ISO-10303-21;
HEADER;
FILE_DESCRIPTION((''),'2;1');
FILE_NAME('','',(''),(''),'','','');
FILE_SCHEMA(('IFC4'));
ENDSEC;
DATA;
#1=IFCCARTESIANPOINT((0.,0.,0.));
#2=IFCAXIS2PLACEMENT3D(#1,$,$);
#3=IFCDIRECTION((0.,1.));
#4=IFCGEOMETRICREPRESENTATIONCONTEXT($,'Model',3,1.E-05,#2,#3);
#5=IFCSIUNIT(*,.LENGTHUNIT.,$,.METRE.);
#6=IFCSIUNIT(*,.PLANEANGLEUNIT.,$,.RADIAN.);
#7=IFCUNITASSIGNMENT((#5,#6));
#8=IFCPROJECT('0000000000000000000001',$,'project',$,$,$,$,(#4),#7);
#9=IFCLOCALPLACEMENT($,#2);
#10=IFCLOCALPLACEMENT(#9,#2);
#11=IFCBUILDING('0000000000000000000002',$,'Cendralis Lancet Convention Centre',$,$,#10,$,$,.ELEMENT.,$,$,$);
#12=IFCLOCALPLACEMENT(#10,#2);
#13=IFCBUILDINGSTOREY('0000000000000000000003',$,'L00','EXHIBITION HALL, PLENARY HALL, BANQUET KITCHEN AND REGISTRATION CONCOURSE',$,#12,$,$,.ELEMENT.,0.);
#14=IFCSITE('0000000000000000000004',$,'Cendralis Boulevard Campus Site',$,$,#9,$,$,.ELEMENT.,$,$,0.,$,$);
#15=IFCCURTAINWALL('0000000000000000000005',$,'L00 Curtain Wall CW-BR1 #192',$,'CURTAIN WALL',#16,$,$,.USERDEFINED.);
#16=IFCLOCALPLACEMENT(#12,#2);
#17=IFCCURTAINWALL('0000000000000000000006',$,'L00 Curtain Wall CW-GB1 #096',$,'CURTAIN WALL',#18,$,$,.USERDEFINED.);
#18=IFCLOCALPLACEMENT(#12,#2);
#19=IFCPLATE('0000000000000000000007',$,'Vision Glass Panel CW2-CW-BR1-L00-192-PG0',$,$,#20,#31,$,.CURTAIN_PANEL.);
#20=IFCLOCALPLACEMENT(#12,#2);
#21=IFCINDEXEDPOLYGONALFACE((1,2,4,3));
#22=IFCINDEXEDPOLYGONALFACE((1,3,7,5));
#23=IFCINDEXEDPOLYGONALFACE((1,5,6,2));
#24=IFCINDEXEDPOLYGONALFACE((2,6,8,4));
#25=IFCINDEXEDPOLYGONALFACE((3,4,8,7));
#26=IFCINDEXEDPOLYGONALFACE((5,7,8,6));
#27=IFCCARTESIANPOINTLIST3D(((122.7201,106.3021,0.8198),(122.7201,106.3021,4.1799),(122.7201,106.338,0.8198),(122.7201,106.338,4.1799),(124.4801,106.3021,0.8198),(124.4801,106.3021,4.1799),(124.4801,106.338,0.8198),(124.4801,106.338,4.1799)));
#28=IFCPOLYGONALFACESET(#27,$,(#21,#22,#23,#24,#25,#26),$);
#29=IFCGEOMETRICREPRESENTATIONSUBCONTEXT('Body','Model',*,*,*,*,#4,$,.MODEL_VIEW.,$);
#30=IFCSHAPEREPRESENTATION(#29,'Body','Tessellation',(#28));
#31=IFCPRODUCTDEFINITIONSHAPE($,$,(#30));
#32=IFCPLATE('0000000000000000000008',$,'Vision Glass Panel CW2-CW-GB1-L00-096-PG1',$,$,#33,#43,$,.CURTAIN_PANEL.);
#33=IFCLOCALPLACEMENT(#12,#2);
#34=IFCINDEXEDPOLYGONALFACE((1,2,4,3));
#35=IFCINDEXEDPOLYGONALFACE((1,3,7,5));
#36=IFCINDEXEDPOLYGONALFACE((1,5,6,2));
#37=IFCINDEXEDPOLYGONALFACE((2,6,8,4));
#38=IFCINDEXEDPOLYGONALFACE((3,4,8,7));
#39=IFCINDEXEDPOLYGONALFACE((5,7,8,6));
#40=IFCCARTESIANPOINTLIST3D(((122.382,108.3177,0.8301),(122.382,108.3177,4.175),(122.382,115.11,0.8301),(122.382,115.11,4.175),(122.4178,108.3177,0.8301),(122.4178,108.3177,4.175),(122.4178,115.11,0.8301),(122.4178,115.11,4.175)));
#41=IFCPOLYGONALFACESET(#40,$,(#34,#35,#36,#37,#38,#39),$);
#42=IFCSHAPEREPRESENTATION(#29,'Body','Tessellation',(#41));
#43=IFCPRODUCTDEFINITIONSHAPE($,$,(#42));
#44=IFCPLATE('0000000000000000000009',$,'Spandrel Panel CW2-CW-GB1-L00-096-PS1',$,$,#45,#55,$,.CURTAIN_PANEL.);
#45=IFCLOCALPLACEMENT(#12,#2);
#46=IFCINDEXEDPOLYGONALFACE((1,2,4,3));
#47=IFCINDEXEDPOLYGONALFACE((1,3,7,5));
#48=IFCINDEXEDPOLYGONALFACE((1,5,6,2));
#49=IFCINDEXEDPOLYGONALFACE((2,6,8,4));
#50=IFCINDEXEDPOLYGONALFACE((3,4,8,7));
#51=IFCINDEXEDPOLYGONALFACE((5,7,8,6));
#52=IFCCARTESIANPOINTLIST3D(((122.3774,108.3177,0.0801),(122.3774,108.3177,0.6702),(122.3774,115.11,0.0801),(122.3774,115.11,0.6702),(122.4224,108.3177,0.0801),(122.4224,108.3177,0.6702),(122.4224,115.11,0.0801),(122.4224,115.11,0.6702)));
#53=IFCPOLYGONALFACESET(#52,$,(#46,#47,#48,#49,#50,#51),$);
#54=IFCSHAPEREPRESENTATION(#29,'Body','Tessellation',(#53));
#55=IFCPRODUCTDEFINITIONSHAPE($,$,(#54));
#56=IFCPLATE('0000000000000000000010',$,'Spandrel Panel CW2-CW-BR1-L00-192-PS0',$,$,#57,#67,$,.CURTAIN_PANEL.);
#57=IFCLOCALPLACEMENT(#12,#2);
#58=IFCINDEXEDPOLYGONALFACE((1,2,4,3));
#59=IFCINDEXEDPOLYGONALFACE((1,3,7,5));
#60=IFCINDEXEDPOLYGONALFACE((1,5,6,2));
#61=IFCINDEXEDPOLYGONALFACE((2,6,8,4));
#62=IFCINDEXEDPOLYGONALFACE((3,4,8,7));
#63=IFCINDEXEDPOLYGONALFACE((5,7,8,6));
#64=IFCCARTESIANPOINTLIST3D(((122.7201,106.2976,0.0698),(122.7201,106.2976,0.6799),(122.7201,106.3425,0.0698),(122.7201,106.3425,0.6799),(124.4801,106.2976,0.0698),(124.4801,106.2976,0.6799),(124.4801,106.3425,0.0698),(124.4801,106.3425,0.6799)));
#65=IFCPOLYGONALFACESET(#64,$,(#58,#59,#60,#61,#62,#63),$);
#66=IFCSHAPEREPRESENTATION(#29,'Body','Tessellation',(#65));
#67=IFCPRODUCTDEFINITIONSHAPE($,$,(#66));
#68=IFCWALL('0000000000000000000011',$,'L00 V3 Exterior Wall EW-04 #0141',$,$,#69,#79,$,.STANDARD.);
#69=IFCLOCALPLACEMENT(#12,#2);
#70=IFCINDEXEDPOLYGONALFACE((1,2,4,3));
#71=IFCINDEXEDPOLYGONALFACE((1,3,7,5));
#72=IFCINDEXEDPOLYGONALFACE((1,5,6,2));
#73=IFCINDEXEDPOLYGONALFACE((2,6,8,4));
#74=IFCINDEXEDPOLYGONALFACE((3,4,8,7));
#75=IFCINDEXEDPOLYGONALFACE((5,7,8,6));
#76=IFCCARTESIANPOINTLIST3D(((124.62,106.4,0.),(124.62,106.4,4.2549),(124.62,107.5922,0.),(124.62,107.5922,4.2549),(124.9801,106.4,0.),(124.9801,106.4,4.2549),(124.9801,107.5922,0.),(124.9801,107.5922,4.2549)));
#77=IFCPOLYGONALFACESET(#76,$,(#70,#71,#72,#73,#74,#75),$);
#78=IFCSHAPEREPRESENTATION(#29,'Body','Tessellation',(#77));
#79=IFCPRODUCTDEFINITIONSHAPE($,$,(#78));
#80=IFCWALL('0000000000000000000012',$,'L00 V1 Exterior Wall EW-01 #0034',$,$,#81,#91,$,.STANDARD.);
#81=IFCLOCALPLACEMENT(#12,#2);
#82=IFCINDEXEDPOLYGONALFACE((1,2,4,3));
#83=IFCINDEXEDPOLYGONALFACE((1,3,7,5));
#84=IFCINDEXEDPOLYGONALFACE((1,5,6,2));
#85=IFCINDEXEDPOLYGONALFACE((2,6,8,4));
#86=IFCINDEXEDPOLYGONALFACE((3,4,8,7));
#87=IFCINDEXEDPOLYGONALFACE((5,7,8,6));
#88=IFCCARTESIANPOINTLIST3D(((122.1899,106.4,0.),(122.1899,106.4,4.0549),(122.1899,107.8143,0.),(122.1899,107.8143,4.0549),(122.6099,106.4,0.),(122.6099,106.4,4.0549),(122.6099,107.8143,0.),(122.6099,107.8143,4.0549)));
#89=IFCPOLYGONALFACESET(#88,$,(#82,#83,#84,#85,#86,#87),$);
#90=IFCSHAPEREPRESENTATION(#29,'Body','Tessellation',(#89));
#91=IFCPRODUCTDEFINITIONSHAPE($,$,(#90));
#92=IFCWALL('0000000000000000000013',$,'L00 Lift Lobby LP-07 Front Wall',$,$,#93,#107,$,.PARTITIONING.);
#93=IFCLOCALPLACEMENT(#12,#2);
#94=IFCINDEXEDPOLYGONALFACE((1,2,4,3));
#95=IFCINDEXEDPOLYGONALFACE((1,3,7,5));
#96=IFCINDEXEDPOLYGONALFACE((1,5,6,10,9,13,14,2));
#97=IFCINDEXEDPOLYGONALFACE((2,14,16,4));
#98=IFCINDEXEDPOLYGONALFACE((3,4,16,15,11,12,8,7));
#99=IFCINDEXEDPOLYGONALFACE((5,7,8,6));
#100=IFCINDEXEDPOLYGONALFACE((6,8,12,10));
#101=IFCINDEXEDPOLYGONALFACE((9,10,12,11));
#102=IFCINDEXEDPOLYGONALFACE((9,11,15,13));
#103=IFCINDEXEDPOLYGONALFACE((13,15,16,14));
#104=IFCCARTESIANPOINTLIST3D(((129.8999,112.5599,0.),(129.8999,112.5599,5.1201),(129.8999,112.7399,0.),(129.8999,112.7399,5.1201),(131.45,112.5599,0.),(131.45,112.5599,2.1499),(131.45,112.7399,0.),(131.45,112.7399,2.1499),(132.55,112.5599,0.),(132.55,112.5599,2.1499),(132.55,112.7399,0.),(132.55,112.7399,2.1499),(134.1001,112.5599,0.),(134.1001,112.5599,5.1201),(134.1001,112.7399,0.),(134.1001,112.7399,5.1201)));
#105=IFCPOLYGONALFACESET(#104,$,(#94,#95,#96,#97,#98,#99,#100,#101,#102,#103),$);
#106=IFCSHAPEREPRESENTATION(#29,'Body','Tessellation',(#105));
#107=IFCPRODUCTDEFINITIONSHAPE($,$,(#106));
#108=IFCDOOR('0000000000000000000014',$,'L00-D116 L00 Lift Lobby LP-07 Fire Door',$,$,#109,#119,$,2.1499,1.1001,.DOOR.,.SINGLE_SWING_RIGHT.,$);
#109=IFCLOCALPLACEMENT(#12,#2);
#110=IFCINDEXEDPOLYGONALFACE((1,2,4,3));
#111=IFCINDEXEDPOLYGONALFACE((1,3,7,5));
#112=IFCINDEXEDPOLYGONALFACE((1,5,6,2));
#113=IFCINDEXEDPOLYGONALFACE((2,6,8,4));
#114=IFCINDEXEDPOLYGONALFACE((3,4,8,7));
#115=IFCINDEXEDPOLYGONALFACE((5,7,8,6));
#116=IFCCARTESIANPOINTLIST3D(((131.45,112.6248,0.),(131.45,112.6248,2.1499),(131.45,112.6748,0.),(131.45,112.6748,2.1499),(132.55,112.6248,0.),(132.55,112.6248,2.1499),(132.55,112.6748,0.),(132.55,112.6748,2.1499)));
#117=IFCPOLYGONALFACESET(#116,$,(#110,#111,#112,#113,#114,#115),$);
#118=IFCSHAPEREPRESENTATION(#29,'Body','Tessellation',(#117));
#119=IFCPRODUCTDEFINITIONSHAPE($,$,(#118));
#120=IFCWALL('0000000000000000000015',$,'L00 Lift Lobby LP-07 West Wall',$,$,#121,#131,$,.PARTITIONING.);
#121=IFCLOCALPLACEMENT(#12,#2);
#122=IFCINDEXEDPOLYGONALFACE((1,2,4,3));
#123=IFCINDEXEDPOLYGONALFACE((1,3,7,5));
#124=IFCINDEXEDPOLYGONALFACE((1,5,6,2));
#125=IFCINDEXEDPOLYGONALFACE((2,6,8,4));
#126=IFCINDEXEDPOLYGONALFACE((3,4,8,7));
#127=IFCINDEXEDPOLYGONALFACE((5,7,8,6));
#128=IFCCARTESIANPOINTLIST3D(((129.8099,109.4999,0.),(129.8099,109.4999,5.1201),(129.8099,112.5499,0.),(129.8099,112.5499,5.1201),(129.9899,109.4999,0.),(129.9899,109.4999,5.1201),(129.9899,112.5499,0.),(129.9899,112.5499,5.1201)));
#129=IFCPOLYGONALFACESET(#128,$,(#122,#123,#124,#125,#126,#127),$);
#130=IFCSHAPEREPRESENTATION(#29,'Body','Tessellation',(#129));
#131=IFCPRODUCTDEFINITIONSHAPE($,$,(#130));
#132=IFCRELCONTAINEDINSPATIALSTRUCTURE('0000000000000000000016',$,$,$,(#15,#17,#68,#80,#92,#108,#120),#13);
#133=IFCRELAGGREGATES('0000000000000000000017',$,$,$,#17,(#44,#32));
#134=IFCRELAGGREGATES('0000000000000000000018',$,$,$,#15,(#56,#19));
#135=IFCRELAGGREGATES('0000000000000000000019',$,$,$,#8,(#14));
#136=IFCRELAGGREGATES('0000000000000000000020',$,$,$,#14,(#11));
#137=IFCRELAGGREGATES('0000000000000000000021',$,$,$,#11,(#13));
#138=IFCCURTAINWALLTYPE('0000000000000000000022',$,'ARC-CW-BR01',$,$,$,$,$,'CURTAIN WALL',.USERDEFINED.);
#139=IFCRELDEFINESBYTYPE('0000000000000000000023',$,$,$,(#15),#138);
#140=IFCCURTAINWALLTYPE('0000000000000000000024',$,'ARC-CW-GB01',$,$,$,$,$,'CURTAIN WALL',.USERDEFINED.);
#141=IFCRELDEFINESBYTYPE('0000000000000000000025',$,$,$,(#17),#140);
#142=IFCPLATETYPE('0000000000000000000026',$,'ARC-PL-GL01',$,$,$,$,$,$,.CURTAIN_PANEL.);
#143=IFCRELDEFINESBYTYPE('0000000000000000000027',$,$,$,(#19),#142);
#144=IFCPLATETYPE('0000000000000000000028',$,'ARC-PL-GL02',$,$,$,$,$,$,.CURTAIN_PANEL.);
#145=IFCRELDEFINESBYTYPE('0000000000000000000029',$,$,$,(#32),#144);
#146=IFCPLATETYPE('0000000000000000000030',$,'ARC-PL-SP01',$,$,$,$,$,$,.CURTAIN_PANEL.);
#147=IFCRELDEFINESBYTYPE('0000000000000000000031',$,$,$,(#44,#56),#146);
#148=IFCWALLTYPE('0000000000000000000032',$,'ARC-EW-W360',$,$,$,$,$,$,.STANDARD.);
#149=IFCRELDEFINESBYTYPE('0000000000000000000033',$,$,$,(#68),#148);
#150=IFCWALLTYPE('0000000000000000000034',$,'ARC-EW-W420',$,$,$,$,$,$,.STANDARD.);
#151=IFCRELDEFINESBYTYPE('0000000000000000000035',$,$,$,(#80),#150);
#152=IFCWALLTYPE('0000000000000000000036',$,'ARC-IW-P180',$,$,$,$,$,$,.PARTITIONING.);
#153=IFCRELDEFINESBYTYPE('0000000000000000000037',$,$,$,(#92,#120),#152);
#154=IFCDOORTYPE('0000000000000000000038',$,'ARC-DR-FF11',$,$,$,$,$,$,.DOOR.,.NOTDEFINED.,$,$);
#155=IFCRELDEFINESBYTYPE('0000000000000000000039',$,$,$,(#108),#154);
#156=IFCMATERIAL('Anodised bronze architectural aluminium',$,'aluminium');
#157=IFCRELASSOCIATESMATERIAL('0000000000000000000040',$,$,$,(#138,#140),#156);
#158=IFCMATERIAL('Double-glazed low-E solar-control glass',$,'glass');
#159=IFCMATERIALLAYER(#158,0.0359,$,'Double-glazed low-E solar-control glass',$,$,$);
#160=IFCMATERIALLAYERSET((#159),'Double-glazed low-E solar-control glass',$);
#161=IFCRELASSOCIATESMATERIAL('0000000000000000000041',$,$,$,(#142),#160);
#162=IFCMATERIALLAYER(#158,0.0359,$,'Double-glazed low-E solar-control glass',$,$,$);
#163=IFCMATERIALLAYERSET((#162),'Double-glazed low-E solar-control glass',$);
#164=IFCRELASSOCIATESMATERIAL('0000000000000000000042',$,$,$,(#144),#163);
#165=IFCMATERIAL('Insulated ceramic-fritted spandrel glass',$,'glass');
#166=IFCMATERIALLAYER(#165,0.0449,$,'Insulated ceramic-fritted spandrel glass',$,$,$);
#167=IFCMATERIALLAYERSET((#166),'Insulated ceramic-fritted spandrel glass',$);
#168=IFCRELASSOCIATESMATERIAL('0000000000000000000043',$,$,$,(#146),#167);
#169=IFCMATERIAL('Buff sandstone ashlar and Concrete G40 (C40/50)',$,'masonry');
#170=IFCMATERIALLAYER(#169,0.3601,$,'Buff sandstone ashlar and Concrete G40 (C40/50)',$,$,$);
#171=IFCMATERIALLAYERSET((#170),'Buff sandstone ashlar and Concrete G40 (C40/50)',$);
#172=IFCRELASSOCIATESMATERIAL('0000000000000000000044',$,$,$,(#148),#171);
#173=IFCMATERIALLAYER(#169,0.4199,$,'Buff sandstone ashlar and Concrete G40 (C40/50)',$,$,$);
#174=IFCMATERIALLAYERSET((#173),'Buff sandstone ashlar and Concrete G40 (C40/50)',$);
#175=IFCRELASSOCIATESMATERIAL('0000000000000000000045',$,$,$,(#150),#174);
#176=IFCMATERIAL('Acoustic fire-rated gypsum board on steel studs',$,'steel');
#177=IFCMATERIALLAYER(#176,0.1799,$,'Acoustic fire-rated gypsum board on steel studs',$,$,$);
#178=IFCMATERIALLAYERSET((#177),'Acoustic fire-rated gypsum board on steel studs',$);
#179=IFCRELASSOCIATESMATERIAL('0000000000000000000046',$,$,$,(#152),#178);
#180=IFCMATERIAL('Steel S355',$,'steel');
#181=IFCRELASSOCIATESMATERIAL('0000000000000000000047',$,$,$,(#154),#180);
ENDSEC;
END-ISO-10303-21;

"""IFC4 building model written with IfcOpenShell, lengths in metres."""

from ifc_helpers import new_model, si_unit, direction, frame, frame_2d, origin, origin_2d, place, context, subcontext, project, spatial, rectangle, extrude, material, layer, layer_set, type_object, element, fill, aggregate, save


model = new_model("IFC4")

# Units and contexts
model_context = context("Model", 3, precision=1e-05, world=origin(), true_north=direction((0.0, 1.0)))
body_context = subcontext(model_context, "Body", "Model", "MODEL_VIEW")
ifc_project = project(units=[si_unit("LENGTHUNIT", "METRE"), si_unit("PLANEANGLEUNIT", "RADIAN")], contexts=[model_context])

# Site, building, storey
site_placement = place(None, origin())
site = spatial("IfcSite", under=ifc_project, at=site_placement, Name="Cendralis Boulevard Campus Site", CompositionType="ELEMENT", RefElevation=0.0)
building_placement = place(site_placement, origin())
building = spatial("IfcBuilding", under=site, at=building_placement, Name="Cendralis Lancet Convention Centre", CompositionType="ELEMENT")
storey_placement = place(building_placement, origin())
storey = spatial("IfcBuildingStorey", under=building, at=storey_placement, Name="L00", Description="EXHIBITION HALL, PLENARY HALL, BANQUET KITCHEN AND REGISTRATION CONCOURSE", CompositionType="ELEMENT", Elevation=0.0)

# Shared definitions
ifc_material_1 = material(Name="Steel S355", Category="steel")

# Curtain walls
ifc_material_2 = material(Name="Anodised bronze architectural aluminium", Category="aluminium")
curtain_wall_type_1 = type_object("IfcCurtainWallType", Name="ARC-CW-BR01", ElementType="CURTAIN WALL", PredefinedType="USERDEFINED", material=ifc_material_2)
curtain_wall_1_placement = place(storey_placement, origin())
curtain_wall_1 = element("IfcCurtainWall", 1, at=curtain_wall_1_placement, inside=storey, type_object=curtain_wall_type_1, Name="L00 Curtain Wall CW-BR1 #192", ObjectType="CURTAIN WALL", PredefinedType="USERDEFINED")
curtain_wall_type_2 = type_object("IfcCurtainWallType", Name="ARC-CW-GB01", ElementType="CURTAIN WALL", PredefinedType="USERDEFINED", material=ifc_material_2)
curtain_wall_2_placement = place(storey_placement, origin())
curtain_wall_2 = element("IfcCurtainWall", 2, at=curtain_wall_2_placement, inside=storey, type_object=curtain_wall_type_2, Name="L00 Curtain Wall CW-GB1 #096", ObjectType="CURTAIN WALL", PredefinedType="USERDEFINED")

# Plates
ifc_material_3 = material(Name="Double-glazed low-E solar-control glass", Category="glass")
ifc_layer_1 = layer(ifc_material_3, 0.0359, Name="Double-glazed low-E solar-control glass")
ifc_layer_set_1 = layer_set([ifc_layer_1], Name="Double-glazed low-E solar-control glass")
plate_type_1 = type_object("IfcPlateType", Name="ARC-PL-GL01", PredefinedType="CURTAIN_PANEL", material=ifc_layer_set_1)
plate_1_placement = place(storey_placement, frame((123.6001, 106.3201, 0.8198), z_axis=(0.0, 0.0, 1.0), x_axis=(1.0, 0.0, 0.0)))
plate_1 = element("IfcPlate", 3, at=plate_1_placement, type_object=plate_type_1, Name="Vision Glass Panel CW2-CW-BR1-L00-192-PG0", PredefinedType="CURTAIN_PANEL", context=body_context, shape_type="SweptSolid", body=[
    extrude(rectangle(XDim=1.76, YDim=0.0359, at=origin_2d()), origin(), (0.0, 0.0, 1.0), 3.3601),
])
ifc_layer_2 = layer(ifc_material_3, 0.0359, Name="Double-glazed low-E solar-control glass")
ifc_layer_set_2 = layer_set([ifc_layer_2], Name="Double-glazed low-E solar-control glass")
plate_type_2 = type_object("IfcPlateType", Name="ARC-PL-GL02", PredefinedType="CURTAIN_PANEL", material=ifc_layer_set_2)
plate_2_placement = place(storey_placement, frame((122.3999, 111.7139, 0.8301), z_axis=(0.0, 0.0, 1.0), x_axis=(0.0, -1.0, 0.0)))
plate_2 = element("IfcPlate", 4, at=plate_2_placement, type_object=plate_type_2, Name="Vision Glass Panel CW2-CW-GB1-L00-096-PG1", PredefinedType="CURTAIN_PANEL", context=body_context, shape_type="SweptSolid", body=[
    extrude(rectangle(XDim=6.7922, YDim=0.0359, at=origin_2d()), origin(), (0.0, 0.0, 1.0), 3.345),
])
ifc_material_4 = material(Name="Insulated ceramic-fritted spandrel glass", Category="glass")
ifc_layer_3 = layer(ifc_material_4, 0.0449, Name="Insulated ceramic-fritted spandrel glass")
ifc_layer_set_3 = layer_set([ifc_layer_3], Name="Insulated ceramic-fritted spandrel glass")
plate_type_3 = type_object("IfcPlateType", Name="ARC-PL-SP01", PredefinedType="CURTAIN_PANEL", material=ifc_layer_set_3)
plate_3_placement = place(storey_placement, frame((122.3999, 111.7139, 0.0801), z_axis=(0.0, 0.0, 1.0), x_axis=(0.0, -1.0, 0.0)))
plate_3 = element("IfcPlate", 5, at=plate_3_placement, type_object=plate_type_3, Name="Spandrel Panel CW2-CW-GB1-L00-096-PS1", PredefinedType="CURTAIN_PANEL", context=body_context, shape_type="SweptSolid", body=[
    extrude(rectangle(XDim=6.7922, YDim=0.0449, at=origin_2d()), origin(), (0.0, 0.0, 1.0), 0.5901),
])
aggregate(curtain_wall_2, [plate_3, plate_2])
plate_4_placement = place(storey_placement, frame((123.6001, 106.3201, 0.0698), z_axis=(0.0, 0.0, 1.0), x_axis=(1.0, 0.0, 0.0)))
plate_4 = element("IfcPlate", 6, at=plate_4_placement, type_object=plate_type_3, Name="Spandrel Panel CW2-CW-BR1-L00-192-PS0", PredefinedType="CURTAIN_PANEL", context=body_context, shape_type="SweptSolid", body=[
    extrude(rectangle(XDim=1.76, YDim=0.0449, at=origin_2d()), origin(), (0.0, 0.0, 1.0), 0.6101),
])
aggregate(curtain_wall_1, [plate_4, plate_1])

# Wall
ifc_material_5 = material(Name="Buff sandstone ashlar and Concrete G40 (C40/50)", Category="masonry")
ifc_layer_4 = layer(ifc_material_5, 0.3601, Name="Buff sandstone ashlar and Concrete G40 (C40/50)")
ifc_layer_set_4 = layer_set([ifc_layer_4], Name="Buff sandstone ashlar and Concrete G40 (C40/50)")
wall_type_1 = type_object("IfcWallType", Name="ARC-EW-W360", PredefinedType="STANDARD", material=ifc_layer_set_4)
wall_1_placement = place(storey_placement, frame((124.8, 106.3999, 0.0), z_axis=(0.0, 0.0, 1.0), x_axis=(0.0, 1.0, 0.0)))
element("IfcWall", 7, at=wall_1_placement, inside=storey, type_object=wall_type_1, Name="L00 V3 Exterior Wall EW-04 #0141", PredefinedType="STANDARD", context=body_context, shape_type="SweptSolid", body=[
    extrude(rectangle(XDim=1.1921, YDim=0.3601, at=frame_2d((0.5962, 0.0))), origin(), (0.0, 0.0, 1.0), 4.2549),
])

# Wall
ifc_layer_5 = layer(ifc_material_5, 0.4199, Name="Buff sandstone ashlar and Concrete G40 (C40/50)")
ifc_layer_set_5 = layer_set([ifc_layer_5], Name="Buff sandstone ashlar and Concrete G40 (C40/50)")
wall_type_2 = type_object("IfcWallType", Name="ARC-EW-W420", PredefinedType="STANDARD", material=ifc_layer_set_5)
wall_2_placement = place(storey_placement, frame((122.3999, 107.8142, 0.0), z_axis=(0.0, 0.0, 1.0), x_axis=(0.0, -1.0, 0.0)))
element("IfcWall", 8, at=wall_2_placement, inside=storey, type_object=wall_type_2, Name="L00 V1 Exterior Wall EW-01 #0034", PredefinedType="STANDARD", context=body_context, shape_type="SweptSolid", body=[
    extrude(rectangle(XDim=1.4143, YDim=0.4199, at=frame_2d((0.707, 0.0))), origin(), (0.0, 0.0, 1.0), 4.0549),
])

# Wall, opening, door
ifc_material_6 = material(Name="Acoustic fire-rated gypsum board on steel studs", Category="steel")
ifc_layer_6 = layer(ifc_material_6, 0.1799, Name="Acoustic fire-rated gypsum board on steel studs")
ifc_layer_set_6 = layer_set([ifc_layer_6], Name="Acoustic fire-rated gypsum board on steel studs")
wall_type_3 = type_object("IfcWallType", Name="ARC-IW-P180", PredefinedType="PARTITIONING", material=ifc_layer_set_6)
wall_3_placement = place(storey_placement, frame((129.8999, 112.6499, 0.0), z_axis=(0.0, 0.0, 1.0), x_axis=(1.0, 0.0, 0.0)))
wall_3 = element("IfcWall", 9, at=wall_3_placement, inside=storey, type_object=wall_type_3, Name="L00 Lift Lobby LP-07 Front Wall", PredefinedType="PARTITIONING", context=body_context, shape_type="SweptSolid", body=[
    extrude(rectangle(XDim=4.2002, YDim=0.1799, at=frame_2d((2.1001, 0.0))), origin(), (0.0, 0.0, 1.0), 5.1201),
])
opening_1_placement = place(wall_3_placement, frame((1.55, 0.0, 0.0)))
opening_1 = element("IfcOpeningElement", 10, at=opening_1_placement, cuts=wall_3, PredefinedType="OPENING", context=body_context, shape_type="SweptSolid", body=[
    extrude(rectangle(XDim=1.1001, YDim=2.1499, at=frame_2d((0.55, 1.075))), frame((0.0, 0.0999, 0.0), z_axis=(0.0, -1.0, 0.0), x_axis=(1.0, 0.0, 0.0)), (0.0, 0.0, 1.0), 0.2),
])
door_type_1 = type_object("IfcDoorType", Name="ARC-DR-FF11", OperationType="NOTDEFINED", PredefinedType="DOOR", material=ifc_material_1)
door_1_placement = place(opening_1_placement, origin())
door_1 = element("IfcDoor", 11, at=door_1_placement, inside=storey, type_object=door_type_1, Name="L00-D116 L00 Lift Lobby LP-07 Fire Door", OperationType="SINGLE_SWING_RIGHT", OverallHeight=2.1499, OverallWidth=1.1001, PredefinedType="DOOR", context=body_context, shape_type="SweptSolid", body=[
    extrude(rectangle(XDim=1.1001, YDim=2.1499, at=frame_2d((0.55, 1.075))), frame((0.0, 0.0249, 0.0), z_axis=(0.0, -1.0, 0.0), x_axis=(1.0, 0.0, 0.0)), (0.0, 0.0, 1.0), 0.05),
])
fill(opening_1, door_1)

# Wall
wall_4_placement = place(storey_placement, frame((129.8999, 109.5, 0.0), z_axis=(0.0, 0.0, 1.0), x_axis=(0.0, 1.0, 0.0)))
element("IfcWall", 12, at=wall_4_placement, inside=storey, type_object=wall_type_3, Name="L00 Lift Lobby LP-07 West Wall", PredefinedType="PARTITIONING", context=body_context, shape_type="SweptSolid", body=[
    extrude(rectangle(XDim=3.05, YDim=0.1799, at=frame_2d((1.5249, 0.0))), origin(), (0.0, 0.0, 1.0), 5.1201),
])

save(model, "model.ifc")
